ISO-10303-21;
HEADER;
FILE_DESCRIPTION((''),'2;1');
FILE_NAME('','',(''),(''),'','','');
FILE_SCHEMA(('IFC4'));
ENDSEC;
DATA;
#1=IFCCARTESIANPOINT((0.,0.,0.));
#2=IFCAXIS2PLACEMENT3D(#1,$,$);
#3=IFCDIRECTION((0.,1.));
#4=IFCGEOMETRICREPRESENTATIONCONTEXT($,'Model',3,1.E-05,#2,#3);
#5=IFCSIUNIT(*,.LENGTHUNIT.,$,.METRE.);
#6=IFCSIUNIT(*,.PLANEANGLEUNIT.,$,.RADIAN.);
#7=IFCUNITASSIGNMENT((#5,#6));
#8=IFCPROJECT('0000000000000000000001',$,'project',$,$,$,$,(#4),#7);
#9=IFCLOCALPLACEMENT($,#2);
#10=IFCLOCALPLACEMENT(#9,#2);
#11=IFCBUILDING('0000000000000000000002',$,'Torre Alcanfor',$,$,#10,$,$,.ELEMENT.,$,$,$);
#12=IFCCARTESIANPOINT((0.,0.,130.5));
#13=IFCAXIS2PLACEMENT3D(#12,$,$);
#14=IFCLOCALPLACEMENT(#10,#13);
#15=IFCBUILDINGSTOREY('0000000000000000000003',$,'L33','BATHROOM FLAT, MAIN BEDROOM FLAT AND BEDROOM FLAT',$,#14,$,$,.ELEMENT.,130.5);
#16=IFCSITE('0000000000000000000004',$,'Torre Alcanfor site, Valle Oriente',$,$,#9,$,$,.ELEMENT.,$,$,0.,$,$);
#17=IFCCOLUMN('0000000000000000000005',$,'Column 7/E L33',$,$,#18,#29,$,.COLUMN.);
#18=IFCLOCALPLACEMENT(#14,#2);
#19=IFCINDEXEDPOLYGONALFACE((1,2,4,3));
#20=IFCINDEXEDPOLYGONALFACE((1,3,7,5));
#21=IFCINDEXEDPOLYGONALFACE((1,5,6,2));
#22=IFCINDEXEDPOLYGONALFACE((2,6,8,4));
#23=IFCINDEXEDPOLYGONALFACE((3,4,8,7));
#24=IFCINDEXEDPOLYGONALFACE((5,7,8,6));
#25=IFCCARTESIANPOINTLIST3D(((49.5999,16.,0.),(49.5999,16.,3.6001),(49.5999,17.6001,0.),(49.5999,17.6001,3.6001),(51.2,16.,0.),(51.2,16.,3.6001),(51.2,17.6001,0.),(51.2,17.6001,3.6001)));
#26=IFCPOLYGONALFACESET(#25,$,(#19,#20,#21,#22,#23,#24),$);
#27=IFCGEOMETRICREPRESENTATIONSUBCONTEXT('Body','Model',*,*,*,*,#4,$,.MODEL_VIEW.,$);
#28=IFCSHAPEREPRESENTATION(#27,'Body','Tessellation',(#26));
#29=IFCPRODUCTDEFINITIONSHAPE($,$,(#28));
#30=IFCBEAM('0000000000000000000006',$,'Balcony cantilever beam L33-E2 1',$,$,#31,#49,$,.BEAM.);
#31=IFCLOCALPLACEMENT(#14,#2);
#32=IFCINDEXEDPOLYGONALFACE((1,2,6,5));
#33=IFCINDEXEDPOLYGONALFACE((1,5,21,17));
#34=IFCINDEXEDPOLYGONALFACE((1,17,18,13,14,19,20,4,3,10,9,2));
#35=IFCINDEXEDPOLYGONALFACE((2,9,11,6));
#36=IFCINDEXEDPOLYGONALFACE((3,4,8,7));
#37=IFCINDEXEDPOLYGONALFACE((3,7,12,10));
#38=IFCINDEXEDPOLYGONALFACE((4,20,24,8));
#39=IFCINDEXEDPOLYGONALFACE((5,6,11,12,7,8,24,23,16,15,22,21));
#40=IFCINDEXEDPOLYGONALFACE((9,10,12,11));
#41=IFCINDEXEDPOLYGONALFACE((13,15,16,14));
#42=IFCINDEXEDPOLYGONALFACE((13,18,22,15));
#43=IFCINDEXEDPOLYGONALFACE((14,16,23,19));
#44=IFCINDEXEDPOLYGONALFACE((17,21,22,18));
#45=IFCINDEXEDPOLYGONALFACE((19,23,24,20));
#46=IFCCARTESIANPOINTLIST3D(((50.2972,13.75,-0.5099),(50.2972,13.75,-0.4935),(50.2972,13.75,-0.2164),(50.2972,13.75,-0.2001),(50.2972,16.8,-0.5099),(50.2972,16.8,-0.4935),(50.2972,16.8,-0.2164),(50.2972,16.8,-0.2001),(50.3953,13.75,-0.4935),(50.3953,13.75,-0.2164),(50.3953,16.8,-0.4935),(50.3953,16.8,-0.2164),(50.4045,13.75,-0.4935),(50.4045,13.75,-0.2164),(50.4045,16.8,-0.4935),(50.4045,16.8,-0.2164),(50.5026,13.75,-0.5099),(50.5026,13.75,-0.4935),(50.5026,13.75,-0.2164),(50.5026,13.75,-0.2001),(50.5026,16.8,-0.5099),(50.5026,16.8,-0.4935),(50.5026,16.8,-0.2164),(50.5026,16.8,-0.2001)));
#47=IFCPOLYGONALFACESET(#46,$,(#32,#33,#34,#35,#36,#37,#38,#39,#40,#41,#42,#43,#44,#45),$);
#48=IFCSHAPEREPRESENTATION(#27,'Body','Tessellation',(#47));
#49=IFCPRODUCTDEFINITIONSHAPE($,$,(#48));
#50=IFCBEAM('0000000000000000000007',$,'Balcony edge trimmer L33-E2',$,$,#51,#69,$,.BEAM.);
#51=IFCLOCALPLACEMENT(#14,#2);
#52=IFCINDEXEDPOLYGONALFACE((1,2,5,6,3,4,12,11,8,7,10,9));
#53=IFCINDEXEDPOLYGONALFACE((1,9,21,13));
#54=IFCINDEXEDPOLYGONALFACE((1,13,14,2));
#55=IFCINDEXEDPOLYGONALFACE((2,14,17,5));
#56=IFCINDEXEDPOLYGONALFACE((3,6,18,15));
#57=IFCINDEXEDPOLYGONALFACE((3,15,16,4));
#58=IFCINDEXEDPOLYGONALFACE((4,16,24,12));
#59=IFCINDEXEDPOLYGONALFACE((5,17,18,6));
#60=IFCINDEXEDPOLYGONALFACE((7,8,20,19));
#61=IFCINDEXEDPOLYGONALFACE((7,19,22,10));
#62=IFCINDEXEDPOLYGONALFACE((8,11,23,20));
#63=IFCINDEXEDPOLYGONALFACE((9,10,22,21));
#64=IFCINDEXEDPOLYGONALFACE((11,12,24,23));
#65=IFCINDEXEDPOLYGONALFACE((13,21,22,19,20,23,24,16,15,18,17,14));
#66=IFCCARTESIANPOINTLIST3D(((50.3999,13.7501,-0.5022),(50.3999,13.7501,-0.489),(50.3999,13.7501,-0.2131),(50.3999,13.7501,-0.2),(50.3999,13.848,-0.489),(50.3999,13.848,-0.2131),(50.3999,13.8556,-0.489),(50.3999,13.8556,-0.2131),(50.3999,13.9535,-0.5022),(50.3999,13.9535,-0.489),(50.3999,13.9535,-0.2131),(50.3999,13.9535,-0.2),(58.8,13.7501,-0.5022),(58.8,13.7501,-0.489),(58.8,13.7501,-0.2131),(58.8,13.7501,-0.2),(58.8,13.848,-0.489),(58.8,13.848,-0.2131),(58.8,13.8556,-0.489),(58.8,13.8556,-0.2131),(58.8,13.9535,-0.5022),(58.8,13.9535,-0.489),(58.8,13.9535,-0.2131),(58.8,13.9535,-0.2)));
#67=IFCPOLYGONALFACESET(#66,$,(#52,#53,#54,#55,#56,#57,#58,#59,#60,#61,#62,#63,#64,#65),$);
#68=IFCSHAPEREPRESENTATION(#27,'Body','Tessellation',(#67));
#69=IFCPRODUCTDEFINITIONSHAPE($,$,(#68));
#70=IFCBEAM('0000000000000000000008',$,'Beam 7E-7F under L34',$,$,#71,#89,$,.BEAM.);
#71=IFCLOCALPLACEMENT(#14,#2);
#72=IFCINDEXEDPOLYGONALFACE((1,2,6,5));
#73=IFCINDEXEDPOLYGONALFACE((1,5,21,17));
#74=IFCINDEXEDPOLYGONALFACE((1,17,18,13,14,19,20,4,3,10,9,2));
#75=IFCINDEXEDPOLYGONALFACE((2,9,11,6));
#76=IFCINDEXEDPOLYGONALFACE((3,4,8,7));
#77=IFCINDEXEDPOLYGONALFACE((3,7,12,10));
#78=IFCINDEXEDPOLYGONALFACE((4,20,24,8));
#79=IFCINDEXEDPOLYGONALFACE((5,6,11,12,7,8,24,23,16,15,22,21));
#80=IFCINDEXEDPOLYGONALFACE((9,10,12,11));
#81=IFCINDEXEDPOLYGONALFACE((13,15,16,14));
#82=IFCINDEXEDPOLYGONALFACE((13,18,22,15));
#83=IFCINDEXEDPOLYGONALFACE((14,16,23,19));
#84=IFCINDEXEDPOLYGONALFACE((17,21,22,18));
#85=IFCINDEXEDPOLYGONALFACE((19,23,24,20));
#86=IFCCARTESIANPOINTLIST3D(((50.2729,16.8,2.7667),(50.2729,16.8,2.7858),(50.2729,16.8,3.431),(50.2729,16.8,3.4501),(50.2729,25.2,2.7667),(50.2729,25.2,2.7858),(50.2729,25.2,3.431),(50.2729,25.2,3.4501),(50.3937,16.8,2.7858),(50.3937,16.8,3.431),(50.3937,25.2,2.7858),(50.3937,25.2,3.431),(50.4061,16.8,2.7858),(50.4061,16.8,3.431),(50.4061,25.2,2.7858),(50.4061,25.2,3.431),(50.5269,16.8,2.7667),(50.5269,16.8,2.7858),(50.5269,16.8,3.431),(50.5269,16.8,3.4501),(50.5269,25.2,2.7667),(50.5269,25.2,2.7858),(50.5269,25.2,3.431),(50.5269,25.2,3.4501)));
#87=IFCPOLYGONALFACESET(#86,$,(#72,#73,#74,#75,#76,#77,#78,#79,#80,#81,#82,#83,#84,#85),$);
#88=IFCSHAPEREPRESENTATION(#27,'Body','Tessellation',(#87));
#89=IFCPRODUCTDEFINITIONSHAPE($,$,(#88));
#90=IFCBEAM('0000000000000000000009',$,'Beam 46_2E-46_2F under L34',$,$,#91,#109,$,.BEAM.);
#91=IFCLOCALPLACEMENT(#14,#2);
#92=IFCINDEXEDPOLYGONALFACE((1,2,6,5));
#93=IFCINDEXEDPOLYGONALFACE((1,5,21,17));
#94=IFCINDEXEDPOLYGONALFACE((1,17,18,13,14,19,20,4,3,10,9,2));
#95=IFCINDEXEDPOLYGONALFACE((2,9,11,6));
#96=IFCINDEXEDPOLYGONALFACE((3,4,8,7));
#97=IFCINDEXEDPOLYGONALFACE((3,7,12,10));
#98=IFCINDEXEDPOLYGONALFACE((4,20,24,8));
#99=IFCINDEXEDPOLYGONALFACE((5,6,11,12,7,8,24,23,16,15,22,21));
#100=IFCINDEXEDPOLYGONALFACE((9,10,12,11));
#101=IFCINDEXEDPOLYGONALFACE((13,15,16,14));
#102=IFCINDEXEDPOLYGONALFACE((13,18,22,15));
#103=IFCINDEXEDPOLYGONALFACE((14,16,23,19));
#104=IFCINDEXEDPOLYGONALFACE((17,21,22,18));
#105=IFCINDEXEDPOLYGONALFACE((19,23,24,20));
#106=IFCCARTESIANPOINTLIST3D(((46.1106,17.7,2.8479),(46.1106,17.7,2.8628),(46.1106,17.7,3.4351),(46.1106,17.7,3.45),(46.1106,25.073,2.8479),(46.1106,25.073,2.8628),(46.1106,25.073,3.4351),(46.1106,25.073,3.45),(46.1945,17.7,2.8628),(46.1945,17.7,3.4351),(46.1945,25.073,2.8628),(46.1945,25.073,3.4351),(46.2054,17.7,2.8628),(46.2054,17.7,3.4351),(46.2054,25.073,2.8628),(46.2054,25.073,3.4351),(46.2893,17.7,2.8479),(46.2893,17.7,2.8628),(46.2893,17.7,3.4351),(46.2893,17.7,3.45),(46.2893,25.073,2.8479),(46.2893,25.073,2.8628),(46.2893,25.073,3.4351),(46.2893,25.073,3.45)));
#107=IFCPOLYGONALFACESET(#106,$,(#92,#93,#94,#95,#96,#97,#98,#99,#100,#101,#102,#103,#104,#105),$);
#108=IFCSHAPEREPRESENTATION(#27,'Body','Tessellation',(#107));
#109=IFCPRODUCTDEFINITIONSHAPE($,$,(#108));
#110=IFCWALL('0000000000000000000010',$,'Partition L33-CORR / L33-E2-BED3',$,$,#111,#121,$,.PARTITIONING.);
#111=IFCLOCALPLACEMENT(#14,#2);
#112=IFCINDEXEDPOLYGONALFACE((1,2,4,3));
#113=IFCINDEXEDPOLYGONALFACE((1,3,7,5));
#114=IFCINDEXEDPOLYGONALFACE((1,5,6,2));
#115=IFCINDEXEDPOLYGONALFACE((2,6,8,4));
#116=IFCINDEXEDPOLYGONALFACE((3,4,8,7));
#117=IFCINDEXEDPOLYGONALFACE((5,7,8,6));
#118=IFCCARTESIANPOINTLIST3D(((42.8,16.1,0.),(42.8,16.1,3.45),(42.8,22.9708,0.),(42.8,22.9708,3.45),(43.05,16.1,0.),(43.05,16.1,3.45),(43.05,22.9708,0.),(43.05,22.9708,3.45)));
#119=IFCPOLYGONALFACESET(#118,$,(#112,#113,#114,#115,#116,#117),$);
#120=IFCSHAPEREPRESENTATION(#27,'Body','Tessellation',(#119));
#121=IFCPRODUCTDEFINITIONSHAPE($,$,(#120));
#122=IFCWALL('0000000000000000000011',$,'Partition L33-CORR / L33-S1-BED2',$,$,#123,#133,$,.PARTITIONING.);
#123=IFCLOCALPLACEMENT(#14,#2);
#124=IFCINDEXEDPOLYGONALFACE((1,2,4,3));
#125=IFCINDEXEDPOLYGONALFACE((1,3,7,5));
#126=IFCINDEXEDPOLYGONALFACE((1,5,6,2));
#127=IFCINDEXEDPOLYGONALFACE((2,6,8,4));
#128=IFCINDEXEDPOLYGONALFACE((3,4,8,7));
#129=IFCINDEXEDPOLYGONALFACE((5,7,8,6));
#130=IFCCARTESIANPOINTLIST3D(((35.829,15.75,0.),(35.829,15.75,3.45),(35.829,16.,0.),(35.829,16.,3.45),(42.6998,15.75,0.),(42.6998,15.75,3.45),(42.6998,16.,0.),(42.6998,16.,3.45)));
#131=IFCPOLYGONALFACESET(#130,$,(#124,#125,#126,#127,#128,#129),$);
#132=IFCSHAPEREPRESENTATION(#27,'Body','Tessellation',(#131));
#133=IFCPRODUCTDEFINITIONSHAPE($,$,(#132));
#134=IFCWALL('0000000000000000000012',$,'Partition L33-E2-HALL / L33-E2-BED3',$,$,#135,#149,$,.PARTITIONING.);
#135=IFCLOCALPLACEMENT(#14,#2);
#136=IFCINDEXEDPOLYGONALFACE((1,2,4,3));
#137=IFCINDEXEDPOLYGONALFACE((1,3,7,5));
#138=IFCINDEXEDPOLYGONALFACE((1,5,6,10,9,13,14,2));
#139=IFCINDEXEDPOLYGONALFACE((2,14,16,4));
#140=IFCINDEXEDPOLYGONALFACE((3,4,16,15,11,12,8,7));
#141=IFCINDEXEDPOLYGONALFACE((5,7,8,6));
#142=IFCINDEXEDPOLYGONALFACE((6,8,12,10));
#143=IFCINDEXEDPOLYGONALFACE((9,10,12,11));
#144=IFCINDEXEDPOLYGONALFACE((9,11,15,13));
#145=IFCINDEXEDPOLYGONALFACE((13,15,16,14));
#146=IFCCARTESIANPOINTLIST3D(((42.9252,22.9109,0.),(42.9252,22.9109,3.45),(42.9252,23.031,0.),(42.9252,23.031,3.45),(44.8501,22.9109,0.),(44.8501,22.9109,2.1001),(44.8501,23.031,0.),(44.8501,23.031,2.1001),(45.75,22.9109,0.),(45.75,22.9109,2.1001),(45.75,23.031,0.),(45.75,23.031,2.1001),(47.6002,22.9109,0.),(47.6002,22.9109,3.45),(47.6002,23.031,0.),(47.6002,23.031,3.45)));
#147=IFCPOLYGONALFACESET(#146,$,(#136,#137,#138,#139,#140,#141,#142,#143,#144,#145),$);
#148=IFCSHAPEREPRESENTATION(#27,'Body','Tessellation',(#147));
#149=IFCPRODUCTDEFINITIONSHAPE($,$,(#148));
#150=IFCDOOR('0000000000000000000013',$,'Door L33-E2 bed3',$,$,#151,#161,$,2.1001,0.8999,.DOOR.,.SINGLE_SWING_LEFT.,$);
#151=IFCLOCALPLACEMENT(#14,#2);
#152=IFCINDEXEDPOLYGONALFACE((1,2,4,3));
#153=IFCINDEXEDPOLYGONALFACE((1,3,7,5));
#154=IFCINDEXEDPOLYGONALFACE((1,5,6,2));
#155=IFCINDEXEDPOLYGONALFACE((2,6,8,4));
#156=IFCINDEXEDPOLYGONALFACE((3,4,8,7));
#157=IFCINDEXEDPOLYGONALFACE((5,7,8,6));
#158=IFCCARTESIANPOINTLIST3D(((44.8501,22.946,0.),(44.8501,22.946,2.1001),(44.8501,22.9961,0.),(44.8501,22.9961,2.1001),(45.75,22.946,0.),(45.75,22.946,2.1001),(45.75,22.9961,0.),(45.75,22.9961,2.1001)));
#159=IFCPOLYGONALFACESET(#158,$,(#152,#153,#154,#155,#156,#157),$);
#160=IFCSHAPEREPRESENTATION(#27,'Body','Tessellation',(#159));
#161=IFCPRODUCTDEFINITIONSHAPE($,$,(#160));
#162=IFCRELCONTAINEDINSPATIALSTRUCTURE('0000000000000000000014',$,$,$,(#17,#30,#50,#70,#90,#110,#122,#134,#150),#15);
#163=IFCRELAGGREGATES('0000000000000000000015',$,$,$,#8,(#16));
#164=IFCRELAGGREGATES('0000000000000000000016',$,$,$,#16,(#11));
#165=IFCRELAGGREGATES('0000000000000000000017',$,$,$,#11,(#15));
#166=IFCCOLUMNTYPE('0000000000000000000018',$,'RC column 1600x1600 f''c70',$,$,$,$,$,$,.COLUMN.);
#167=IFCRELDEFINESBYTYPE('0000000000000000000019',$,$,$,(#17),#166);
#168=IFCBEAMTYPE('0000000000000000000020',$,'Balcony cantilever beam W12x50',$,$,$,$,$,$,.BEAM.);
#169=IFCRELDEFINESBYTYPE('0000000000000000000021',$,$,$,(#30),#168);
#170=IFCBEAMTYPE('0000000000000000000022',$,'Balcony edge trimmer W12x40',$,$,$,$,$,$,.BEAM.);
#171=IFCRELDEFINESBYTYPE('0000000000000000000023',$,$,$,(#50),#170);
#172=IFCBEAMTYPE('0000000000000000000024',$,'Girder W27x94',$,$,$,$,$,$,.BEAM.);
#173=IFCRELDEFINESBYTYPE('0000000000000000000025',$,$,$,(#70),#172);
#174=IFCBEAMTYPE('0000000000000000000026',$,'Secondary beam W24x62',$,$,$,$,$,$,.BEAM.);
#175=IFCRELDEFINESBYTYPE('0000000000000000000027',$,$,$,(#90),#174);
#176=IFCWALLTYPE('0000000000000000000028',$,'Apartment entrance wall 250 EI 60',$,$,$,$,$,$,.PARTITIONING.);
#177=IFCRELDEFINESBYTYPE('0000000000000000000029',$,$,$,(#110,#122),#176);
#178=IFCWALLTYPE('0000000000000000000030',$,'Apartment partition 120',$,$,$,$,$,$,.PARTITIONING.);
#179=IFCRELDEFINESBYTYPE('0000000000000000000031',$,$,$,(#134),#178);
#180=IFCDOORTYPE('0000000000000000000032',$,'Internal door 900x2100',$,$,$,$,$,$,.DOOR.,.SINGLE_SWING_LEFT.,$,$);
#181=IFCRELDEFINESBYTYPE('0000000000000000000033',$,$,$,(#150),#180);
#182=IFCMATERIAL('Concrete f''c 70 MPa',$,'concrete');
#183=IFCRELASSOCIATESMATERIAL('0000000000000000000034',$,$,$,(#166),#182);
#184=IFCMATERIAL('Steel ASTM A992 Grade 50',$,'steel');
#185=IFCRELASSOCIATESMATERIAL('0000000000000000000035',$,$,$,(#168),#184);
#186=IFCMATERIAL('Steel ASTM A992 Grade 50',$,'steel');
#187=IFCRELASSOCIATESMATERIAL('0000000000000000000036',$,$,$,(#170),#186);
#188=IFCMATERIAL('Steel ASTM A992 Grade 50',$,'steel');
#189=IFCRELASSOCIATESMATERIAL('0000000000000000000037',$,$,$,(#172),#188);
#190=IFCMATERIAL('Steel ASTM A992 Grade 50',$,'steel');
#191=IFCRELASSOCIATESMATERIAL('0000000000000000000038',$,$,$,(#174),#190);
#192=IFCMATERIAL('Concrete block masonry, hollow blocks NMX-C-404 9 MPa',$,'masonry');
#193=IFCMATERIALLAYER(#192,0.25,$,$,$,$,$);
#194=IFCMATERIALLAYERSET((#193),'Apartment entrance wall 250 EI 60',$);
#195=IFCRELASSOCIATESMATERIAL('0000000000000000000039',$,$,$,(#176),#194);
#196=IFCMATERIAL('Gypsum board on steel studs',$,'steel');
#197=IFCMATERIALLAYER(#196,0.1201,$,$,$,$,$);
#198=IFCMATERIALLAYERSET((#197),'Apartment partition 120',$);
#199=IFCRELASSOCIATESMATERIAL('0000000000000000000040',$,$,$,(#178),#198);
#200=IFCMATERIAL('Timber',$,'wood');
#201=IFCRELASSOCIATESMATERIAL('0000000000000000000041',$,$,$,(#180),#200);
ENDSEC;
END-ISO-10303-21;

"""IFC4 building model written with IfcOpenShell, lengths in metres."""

from ifc_helpers import new_model, si_unit, direction, frame, frame_2d, origin, origin_2d, place, context, subcontext, project, spatial, rectangle, i_section, extrude, material, layer, layer_set, material_profile, profile_set, type_object, element, fill, save


model = new_model("IFC4")

# Units and contexts
model_context = context("Model", 3, precision=1e-05, world=origin(), true_north=direction((0.0, 1.0)))
body_context = subcontext(model_context, "Body", "Model", "MODEL_VIEW")
ifc_project = project(units=[si_unit("LENGTHUNIT", "METRE"), si_unit("PLANEANGLEUNIT", "RADIAN")], contexts=[model_context])

# Site, building, storey
site_placement = place(None, origin())
site = spatial("IfcSite", under=ifc_project, at=site_placement, Name="Torre Alcanfor site, Valle Oriente", CompositionType="ELEMENT", RefElevation=0.0)
building_placement = place(site_placement, origin())
building = spatial("IfcBuilding", under=site, at=building_placement, Name="Torre Alcanfor", CompositionType="ELEMENT")
storey_placement = place(building_placement, frame((0.0, 0.0, 130.5)))
storey = spatial("IfcBuildingStorey", under=building, at=storey_placement, Name="L33", Description="BATHROOM FLAT, MAIN BEDROOM FLAT AND BEDROOM FLAT", CompositionType="ELEMENT", Elevation=130.5)

# Column
ifc_material_1 = material(Name="Concrete f'c 70 MPa", Category="concrete")
ifc_material_profile_1 = material_profile(ifc_material_1, rectangle(XDim=1.6001, YDim=1.6001, at=origin_2d()), Name="1600x1600")
ifc_profile_set_1 = profile_set([ifc_material_profile_1], Name="Concrete f'c 70 MPa")
column_type = type_object("IfcColumnType", Name="RC column 1600x1600 f'c70", PredefinedType="COLUMN", material=ifc_profile_set_1)
column_placement = place(storey_placement, frame((50.3999, 16.8, 0.0), z_axis=(0.0, 0.0, 1.0), x_axis=(1.0, 0.0, 0.0)))
element("IfcColumn", 1, at=column_placement, inside=storey, type_object=column_type, Name="Column 7/E L33", PredefinedType="COLUMN", context=body_context, shape_type="SweptSolid", body=[
    extrude(rectangle(XDim=1.6001, YDim=1.6001, at=origin_2d()), origin(), (0.0, 0.0, 1.0), 3.6001),
])

# Beams
ifc_material_2 = material(Name="Steel ASTM A992 Grade 50", Category="steel")
ifc_material_profile_2 = material_profile(ifc_material_2, i_section(OverallWidth=0.2053, OverallDepth=0.3098, WebThickness=0.0093, FlangeThickness=0.0164, at=origin_2d()), Name="W12x50")
ifc_profile_set_2 = profile_set([ifc_material_profile_2], Name="Steel ASTM A992 Grade 50")
beam_type_1 = type_object("IfcBeamType", Name="Balcony cantilever beam W12x50", PredefinedType="BEAM", material=ifc_profile_set_2)
beam_1_placement = place(storey_placement, frame((50.3999, 16.8, -0.355), z_axis=(0.0, -1.0, 0.0), x_axis=(1.0, 0.0, 0.0)))
element("IfcBeam", 2, at=beam_1_placement, inside=storey, type_object=beam_type_1, Name="Balcony cantilever beam L33-E2 1", PredefinedType="BEAM", context=body_context, shape_type="SweptSolid", body=[
    extrude(i_section(OverallWidth=0.2053, OverallDepth=0.3098, WebThickness=0.0093, FlangeThickness=0.0164, at=origin_2d()), origin(), (0.0, 0.0, 1.0), 3.05),
])
ifc_material_3 = material(Name="Steel ASTM A992 Grade 50", Category="steel")
ifc_material_profile_3 = material_profile(ifc_material_3, i_section(OverallWidth=0.2034, OverallDepth=0.3022, WebThickness=0.0076, FlangeThickness=0.0132, at=origin_2d()), Name="W12x40")
ifc_profile_set_3 = profile_set([ifc_material_profile_3], Name="Steel ASTM A992 Grade 50")
beam_type_2 = type_object("IfcBeamType", Name="Balcony edge trimmer W12x40", PredefinedType="BEAM", material=ifc_profile_set_3)
beam_2_placement = place(storey_placement, frame((50.3999, 13.8518, -0.3511), z_axis=(1.0, 0.0, 0.0), x_axis=(0.0, 1.0, 0.0)))
element("IfcBeam", 3, at=beam_2_placement, inside=storey, type_object=beam_type_2, Name="Balcony edge trimmer L33-E2", PredefinedType="BEAM", context=body_context, shape_type="SweptSolid", body=[
    extrude(i_section(OverallWidth=0.2034, OverallDepth=0.3022, WebThickness=0.0076, FlangeThickness=0.0132, at=origin_2d()), origin(), (0.0, 0.0, 1.0), 8.4001),
])
ifc_material_4 = material(Name="Steel ASTM A992 Grade 50", Category="steel")
ifc_material_profile_4 = material_profile(ifc_material_4, i_section(OverallWidth=0.2539, OverallDepth=0.6833, WebThickness=0.0125, FlangeThickness=0.019, at=origin_2d()), Name="W27x94")
ifc_profile_set_4 = profile_set([ifc_material_profile_4], Name="Steel ASTM A992 Grade 50")
beam_type_3 = type_object("IfcBeamType", Name="Girder W27x94", PredefinedType="BEAM", material=ifc_profile_set_4)
beam_3_placement = place(storey_placement, frame((50.3999, 16.8, 3.1084), z_axis=(0.0, 1.0, 0.0), x_axis=(-1.0, 0.0, 0.0)))
element("IfcBeam", 4, at=beam_3_placement, inside=storey, type_object=beam_type_3, Name="Beam 7E-7F under L34", PredefinedType="BEAM", context=body_context, shape_type="SweptSolid", body=[
    extrude(i_section(OverallWidth=0.2539, OverallDepth=0.6833, WebThickness=0.0125, FlangeThickness=0.019, at=origin_2d()), origin(), (0.0, 0.0, 1.0), 8.3999),
])
ifc_material_5 = material(Name="Steel ASTM A992 Grade 50", Category="steel")
ifc_material_profile_5 = material_profile(ifc_material_5, i_section(OverallWidth=0.1787, OverallDepth=0.6021, WebThickness=0.011, FlangeThickness=0.0149, at=origin_2d()), Name="W24x62")
ifc_profile_set_5 = profile_set([ifc_material_profile_5], Name="Steel ASTM A992 Grade 50")
beam_type_4 = type_object("IfcBeamType", Name="Secondary beam W24x62", PredefinedType="BEAM", material=ifc_profile_set_5)
beam_4_placement = place(storey_placement, frame((46.2, 17.7, 3.1489), z_axis=(0.0, 1.0, 0.0), x_axis=(-1.0, 0.0, 0.0)))
element("IfcBeam", 5, at=beam_4_placement, inside=storey, type_object=beam_type_4, Name="Beam 46_2E-46_2F under L34", PredefinedType="BEAM", context=body_context, shape_type="SweptSolid", body=[
    extrude(i_section(OverallWidth=0.1787, OverallDepth=0.6021, WebThickness=0.011, FlangeThickness=0.0149, at=origin_2d()), origin(), (0.0, 0.0, 1.0), 7.373),
])

# Walls
ifc_material_6 = material(Name="Concrete block masonry, hollow blocks NMX-C-404 9 MPa", Category="masonry")
ifc_layer_1 = layer(ifc_material_6, 0.25)
ifc_layer_set_1 = layer_set([ifc_layer_1], Name="Apartment entrance wall 250 EI 60")
wall_type_1 = type_object("IfcWallType", Name="Apartment entrance wall 250 EI 60", PredefinedType="PARTITIONING", material=ifc_layer_set_1)
for number, where, z_axis, x_axis, name in (
    (6, (42.925, 22.9709, 0.0), (0.0, 0.0, 1.0), (0.0, -1.0, 0.0), "Partition L33-CORR / L33-E2-BED3"),
    (7, (42.7, 15.875, 0.0), (0.0, 0.0, 1.0), (-1.0, 0.0, 0.0), "Partition L33-CORR / L33-S1-BED2"),
):
    element("IfcWall", number, at=place(storey_placement, frame(where, z_axis=z_axis, x_axis=x_axis)), inside=storey, type_object=wall_type_1, Name=name, PredefinedType="PARTITIONING", context=body_context, shape_type="SweptSolid", body=[
        extrude(rectangle(XDim=6.8708, YDim=0.25, at=frame_2d((3.4355, 0.0))), origin(), (0.0, 0.0, 1.0), 3.45),
    ])

# Wall, opening, door
ifc_material_7 = material(Name="Gypsum board on steel studs", Category="steel")
ifc_layer_2 = layer(ifc_material_7, 0.1201)
ifc_layer_set_2 = layer_set([ifc_layer_2], Name="Apartment partition 120")
wall_type_2 = type_object("IfcWallType", Name="Apartment partition 120", PredefinedType="PARTITIONING", material=ifc_layer_set_2)
wall_1_placement = place(storey_placement, frame((47.6001, 22.9709, 0.0), z_axis=(0.0, 0.0, 1.0), x_axis=(-1.0, 0.0, 0.0)))
wall_1 = element("IfcWall", 8, at=wall_1_placement, inside=storey, type_object=wall_type_2, Name="Partition L33-E2-HALL / L33-E2-BED3", PredefinedType="PARTITIONING", context=body_context, shape_type="SweptSolid", body=[
    extrude(rectangle(XDim=4.675, YDim=0.1201, at=frame_2d((2.3374, 0.0))), origin(), (0.0, 0.0, 1.0), 3.45),
])
opening_1_placement = place(wall_1_placement, frame((1.8501, 0.0, 0.0)))
opening_1 = element("IfcOpeningElement", 9, at=opening_1_placement, cuts=wall_1, PredefinedType="OPENING", context=body_context, shape_type="SweptSolid", body=[
    extrude(rectangle(XDim=0.8999, YDim=2.1001, at=frame_2d((0.45, 1.05))), frame((0.0, 0.0701, 0.0), z_axis=(0.0, -1.0, 0.0), x_axis=(1.0, 0.0, 0.0)), (0.0, 0.0, 1.0), 0.1401),
])
ifc_material_8 = material(Name="Timber", Category="wood")
door_type_1 = type_object("IfcDoorType", Name="Internal door 900x2100", OperationType="SINGLE_SWING_LEFT", PredefinedType="DOOR", material=ifc_material_8)
door_1_placement = place(opening_1_placement, origin())
door_1 = element("IfcDoor", 10, at=door_1_placement, inside=storey, type_object=door_type_1, Name="Door L33-E2 bed3", OperationType="SINGLE_SWING_LEFT", OverallHeight=2.1001, OverallWidth=0.8999, PredefinedType="DOOR", context=body_context, shape_type="SweptSolid", body=[
    extrude(rectangle(XDim=0.8999, YDim=2.1001, at=frame_2d((0.45, 1.05))), frame((0.0, 0.0249, 0.0), z_axis=(0.0, -1.0, 0.0), x_axis=(1.0, 0.0, 0.0)), (0.0, 0.0, 1.0), 0.05),
])
fill(opening_1, door_1)

save(model, "model.ifc")
